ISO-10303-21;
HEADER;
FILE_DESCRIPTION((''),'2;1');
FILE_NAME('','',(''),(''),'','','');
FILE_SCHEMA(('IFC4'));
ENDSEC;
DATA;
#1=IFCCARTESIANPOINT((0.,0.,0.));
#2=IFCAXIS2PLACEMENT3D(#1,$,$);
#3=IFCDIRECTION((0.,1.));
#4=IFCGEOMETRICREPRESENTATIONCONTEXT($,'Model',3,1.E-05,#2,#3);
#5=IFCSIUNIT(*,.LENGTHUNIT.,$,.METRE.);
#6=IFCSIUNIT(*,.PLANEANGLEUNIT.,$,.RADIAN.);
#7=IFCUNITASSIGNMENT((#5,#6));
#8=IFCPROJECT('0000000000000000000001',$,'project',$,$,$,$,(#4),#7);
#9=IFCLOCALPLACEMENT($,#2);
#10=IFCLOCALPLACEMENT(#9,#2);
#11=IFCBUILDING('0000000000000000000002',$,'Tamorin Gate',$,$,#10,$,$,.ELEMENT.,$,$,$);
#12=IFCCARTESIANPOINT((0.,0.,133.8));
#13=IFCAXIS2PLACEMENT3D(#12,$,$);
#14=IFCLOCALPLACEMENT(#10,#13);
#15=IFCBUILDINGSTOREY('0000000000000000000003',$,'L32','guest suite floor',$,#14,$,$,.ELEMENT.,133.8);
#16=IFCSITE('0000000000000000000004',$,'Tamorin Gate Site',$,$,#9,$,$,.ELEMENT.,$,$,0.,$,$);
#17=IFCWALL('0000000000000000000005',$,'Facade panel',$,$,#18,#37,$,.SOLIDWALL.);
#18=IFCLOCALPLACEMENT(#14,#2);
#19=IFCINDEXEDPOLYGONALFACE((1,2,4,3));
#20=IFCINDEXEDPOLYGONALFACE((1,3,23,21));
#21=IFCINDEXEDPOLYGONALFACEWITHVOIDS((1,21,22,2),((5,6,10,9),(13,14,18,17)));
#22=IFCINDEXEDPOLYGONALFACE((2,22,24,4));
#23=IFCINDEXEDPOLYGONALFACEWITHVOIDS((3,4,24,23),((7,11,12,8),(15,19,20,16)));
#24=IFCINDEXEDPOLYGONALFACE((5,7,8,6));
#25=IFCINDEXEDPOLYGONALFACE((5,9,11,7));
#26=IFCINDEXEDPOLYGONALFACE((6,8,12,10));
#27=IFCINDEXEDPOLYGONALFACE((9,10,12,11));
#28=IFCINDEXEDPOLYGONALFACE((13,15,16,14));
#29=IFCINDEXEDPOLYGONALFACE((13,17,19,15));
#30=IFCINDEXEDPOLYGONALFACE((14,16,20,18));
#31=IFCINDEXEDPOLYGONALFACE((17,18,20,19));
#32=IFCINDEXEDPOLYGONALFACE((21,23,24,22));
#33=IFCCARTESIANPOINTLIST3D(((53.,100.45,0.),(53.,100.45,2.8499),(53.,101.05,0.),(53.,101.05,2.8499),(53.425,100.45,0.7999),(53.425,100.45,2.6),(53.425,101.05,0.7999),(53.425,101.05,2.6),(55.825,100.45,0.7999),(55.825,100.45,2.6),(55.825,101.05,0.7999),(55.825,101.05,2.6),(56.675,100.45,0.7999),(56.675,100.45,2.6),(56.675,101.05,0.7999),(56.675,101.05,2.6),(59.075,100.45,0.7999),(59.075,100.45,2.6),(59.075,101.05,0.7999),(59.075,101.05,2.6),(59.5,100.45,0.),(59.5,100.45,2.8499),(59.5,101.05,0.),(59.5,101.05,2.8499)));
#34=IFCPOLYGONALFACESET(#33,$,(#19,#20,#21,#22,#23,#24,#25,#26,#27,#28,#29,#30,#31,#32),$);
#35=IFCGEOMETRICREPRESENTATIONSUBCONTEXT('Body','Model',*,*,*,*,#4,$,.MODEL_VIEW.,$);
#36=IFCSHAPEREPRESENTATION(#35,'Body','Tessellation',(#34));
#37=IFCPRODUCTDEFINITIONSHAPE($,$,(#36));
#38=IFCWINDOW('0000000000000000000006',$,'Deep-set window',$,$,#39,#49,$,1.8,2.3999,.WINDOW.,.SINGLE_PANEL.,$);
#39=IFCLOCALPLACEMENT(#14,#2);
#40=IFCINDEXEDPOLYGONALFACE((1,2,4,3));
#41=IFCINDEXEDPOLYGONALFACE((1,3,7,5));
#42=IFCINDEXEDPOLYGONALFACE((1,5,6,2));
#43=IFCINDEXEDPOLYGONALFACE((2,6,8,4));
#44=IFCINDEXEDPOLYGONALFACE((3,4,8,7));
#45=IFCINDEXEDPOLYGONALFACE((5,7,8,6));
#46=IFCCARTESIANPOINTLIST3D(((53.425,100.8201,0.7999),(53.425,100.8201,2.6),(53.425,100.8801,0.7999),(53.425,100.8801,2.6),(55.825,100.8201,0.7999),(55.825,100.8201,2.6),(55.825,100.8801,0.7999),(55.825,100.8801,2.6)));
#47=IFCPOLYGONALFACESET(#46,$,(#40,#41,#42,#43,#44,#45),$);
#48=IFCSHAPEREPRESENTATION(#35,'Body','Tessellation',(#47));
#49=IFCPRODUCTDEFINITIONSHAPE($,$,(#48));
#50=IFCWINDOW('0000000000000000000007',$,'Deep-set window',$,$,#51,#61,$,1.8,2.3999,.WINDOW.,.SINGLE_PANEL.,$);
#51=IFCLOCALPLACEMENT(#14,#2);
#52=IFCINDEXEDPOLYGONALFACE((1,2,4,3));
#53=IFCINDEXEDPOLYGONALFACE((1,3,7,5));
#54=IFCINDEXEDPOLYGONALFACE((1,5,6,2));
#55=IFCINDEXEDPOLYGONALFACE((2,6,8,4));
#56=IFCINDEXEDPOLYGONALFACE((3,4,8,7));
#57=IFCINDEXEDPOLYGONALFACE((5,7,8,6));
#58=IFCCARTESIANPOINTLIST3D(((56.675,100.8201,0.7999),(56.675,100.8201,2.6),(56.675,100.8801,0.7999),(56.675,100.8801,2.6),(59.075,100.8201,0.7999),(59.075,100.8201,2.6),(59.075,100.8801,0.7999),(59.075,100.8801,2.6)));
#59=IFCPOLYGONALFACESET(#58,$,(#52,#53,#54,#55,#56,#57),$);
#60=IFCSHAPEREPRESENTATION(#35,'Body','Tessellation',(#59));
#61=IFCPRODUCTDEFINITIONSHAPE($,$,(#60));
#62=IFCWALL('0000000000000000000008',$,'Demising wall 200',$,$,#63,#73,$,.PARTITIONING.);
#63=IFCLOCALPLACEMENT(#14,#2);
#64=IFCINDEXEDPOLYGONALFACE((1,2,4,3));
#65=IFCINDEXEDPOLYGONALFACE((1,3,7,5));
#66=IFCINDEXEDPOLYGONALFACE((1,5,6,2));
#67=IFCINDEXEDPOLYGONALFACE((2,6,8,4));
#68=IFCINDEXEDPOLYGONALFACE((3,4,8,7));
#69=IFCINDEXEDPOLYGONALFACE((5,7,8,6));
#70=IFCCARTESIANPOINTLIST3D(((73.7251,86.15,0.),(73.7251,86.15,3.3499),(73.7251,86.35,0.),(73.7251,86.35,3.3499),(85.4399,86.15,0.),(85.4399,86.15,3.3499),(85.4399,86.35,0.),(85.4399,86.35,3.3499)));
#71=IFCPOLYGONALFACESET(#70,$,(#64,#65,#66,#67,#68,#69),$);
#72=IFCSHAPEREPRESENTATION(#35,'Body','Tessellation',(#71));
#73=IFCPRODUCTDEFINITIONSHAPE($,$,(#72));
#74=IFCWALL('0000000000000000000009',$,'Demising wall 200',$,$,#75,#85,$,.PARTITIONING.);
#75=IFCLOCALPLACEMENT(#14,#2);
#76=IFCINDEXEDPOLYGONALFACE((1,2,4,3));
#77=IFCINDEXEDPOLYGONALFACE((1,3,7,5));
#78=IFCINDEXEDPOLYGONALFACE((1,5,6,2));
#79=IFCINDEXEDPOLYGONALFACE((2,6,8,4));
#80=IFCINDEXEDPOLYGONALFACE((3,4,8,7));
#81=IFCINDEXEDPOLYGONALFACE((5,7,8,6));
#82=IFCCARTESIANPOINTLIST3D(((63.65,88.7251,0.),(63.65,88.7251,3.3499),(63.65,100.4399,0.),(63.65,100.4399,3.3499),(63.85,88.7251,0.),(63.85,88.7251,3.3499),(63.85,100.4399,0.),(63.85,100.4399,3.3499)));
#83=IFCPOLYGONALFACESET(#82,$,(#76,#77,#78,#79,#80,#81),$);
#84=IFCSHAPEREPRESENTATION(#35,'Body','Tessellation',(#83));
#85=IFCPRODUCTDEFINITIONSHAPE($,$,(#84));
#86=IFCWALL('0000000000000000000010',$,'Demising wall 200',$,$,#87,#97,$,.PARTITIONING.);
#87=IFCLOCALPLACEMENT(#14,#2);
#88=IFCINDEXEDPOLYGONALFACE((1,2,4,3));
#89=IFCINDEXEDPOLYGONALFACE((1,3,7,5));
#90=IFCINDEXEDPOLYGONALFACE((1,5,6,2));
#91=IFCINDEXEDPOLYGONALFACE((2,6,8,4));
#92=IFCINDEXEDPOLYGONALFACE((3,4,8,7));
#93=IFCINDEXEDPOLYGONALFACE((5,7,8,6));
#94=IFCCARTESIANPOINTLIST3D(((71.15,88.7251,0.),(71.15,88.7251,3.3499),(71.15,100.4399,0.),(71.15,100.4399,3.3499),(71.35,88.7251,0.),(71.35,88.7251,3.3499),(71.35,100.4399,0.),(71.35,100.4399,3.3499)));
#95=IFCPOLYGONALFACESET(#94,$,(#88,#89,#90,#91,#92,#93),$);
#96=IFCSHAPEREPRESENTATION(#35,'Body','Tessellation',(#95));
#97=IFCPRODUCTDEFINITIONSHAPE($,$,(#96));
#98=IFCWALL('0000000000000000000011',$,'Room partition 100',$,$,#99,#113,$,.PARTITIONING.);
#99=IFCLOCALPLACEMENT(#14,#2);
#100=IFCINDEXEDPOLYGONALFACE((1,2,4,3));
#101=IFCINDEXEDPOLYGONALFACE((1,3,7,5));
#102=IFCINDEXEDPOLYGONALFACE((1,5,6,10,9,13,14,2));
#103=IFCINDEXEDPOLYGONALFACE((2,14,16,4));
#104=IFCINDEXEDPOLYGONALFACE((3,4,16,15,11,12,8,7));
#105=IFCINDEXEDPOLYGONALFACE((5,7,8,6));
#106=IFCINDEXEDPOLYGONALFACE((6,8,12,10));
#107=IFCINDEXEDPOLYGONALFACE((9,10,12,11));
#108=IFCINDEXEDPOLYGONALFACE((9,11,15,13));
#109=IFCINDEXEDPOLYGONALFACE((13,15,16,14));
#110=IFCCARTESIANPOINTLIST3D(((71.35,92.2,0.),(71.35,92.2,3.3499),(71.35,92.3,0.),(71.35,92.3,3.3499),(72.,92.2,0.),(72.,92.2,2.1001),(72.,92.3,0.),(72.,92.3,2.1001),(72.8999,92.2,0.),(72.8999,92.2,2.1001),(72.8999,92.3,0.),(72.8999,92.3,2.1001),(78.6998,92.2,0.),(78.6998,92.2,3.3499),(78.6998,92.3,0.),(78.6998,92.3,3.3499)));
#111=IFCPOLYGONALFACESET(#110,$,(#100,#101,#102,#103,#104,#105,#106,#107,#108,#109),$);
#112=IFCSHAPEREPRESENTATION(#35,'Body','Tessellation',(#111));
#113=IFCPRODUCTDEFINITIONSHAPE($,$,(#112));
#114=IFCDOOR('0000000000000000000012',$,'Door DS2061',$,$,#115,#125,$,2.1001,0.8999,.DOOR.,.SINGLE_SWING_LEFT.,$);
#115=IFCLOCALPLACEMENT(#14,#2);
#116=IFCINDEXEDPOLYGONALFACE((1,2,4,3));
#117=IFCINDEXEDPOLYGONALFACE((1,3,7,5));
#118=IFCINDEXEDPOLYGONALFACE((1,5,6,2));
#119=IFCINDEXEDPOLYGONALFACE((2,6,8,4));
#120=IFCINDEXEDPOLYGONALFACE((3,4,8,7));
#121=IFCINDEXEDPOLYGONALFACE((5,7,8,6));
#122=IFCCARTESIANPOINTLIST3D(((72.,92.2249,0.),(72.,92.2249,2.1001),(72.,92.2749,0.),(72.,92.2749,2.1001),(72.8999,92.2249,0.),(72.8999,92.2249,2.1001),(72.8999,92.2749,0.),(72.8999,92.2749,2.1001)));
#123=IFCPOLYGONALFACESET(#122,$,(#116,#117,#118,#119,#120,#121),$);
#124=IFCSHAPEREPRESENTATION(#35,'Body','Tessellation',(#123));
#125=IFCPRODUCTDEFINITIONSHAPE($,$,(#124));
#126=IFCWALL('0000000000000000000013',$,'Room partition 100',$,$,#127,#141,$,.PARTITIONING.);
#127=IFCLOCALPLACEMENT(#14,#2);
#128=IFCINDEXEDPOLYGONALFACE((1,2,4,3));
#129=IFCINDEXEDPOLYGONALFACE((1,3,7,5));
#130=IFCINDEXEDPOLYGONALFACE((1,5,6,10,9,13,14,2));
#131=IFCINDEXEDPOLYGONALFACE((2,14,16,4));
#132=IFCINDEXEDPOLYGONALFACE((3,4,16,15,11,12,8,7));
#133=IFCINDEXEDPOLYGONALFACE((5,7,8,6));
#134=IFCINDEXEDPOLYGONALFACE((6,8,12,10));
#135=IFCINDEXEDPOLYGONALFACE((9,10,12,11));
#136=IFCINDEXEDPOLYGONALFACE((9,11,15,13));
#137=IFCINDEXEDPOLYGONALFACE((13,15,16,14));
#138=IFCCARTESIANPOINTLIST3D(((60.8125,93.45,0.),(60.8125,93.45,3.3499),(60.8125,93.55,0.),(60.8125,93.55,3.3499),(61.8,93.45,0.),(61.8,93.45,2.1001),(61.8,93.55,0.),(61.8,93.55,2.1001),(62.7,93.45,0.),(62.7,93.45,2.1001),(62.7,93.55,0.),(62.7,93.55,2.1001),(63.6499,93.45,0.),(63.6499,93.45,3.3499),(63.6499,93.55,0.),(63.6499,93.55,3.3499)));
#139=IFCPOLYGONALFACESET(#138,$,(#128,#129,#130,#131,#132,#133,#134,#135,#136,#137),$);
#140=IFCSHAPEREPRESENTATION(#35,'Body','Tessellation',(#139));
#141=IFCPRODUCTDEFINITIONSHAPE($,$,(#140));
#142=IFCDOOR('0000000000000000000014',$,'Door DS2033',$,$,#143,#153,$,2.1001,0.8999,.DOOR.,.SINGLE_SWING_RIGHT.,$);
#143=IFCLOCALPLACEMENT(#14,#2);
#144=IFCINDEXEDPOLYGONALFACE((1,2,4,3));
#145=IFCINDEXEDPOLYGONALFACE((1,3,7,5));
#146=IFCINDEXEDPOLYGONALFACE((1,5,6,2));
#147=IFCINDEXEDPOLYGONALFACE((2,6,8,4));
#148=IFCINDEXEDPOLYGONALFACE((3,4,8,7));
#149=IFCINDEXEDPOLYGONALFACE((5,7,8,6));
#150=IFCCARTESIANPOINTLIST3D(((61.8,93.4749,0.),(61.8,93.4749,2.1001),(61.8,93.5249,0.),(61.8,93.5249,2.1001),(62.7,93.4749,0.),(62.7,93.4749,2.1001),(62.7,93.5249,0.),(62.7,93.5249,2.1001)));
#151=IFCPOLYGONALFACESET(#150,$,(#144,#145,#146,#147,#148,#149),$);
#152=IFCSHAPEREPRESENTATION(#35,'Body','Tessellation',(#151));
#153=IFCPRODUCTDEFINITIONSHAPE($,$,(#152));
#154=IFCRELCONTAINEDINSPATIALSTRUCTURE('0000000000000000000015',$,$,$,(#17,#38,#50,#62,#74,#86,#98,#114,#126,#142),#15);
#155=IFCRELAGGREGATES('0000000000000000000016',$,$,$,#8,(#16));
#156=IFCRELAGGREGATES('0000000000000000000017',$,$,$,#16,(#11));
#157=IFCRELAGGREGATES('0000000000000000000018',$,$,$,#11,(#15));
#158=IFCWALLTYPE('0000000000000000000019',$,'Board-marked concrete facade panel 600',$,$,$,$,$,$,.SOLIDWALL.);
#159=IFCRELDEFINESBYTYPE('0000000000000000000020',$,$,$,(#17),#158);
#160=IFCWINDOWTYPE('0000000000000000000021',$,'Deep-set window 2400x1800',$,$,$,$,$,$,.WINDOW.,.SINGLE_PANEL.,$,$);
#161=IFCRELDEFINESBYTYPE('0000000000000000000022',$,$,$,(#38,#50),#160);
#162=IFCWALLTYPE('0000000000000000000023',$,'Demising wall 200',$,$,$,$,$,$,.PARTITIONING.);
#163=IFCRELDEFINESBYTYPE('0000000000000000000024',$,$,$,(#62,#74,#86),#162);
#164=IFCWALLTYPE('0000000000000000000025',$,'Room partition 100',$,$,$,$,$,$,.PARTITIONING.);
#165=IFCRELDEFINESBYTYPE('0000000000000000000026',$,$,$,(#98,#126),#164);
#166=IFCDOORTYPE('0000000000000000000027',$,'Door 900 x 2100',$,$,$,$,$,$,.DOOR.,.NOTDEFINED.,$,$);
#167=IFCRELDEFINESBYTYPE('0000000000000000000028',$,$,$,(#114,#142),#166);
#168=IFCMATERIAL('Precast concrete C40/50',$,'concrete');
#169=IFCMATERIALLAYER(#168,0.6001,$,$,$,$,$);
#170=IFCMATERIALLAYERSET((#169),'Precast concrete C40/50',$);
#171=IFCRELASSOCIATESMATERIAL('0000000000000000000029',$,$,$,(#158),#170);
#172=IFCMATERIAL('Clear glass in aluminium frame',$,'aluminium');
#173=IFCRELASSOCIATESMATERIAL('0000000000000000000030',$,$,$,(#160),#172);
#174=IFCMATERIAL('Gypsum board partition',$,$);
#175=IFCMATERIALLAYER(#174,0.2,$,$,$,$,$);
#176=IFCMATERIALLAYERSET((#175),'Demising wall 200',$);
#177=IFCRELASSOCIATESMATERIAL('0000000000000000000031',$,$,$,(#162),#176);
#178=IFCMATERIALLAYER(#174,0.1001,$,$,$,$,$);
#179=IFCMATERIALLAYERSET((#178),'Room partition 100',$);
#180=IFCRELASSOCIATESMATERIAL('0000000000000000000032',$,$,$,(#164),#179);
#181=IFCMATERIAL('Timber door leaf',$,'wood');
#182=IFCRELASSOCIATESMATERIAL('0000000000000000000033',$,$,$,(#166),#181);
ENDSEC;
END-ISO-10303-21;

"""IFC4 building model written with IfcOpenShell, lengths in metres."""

from ifc_helpers import new_model, si_unit, direction, frame, frame_2d, origin, place, context, subcontext, project, spatial, rectangle, extrude, material, layer, layer_set, type_object, element, fill, save


model = new_model("IFC4")

# Units and contexts
model_context = context("Model", 3, precision=1e-05, world=origin(), true_north=direction((0.0, 1.0)))
body_context = subcontext(model_context, "Body", "Model", "MODEL_VIEW")
ifc_project = project(units=[si_unit("LENGTHUNIT", "METRE"), si_unit("PLANEANGLEUNIT", "RADIAN")], contexts=[model_context])

# Site, building, storey
site_placement = place(None, origin())
site = spatial("IfcSite", under=ifc_project, at=site_placement, Name="Tamorin Gate Site", CompositionType="ELEMENT", RefElevation=0.0)
building_placement = place(site_placement, origin())
building = spatial("IfcBuilding", under=site, at=building_placement, Name="Tamorin Gate", CompositionType="ELEMENT")
storey_placement = place(building_placement, frame((0.0, 0.0, 133.8)))
storey = spatial("IfcBuildingStorey", under=building, at=storey_placement, Name="L32", Description="guest suite floor", CompositionType="ELEMENT", Elevation=133.8)

# Wall, openings, windows
ifc_material_1 = material(Name="Precast concrete C40/50", Category="concrete")
ifc_layer_1 = layer(ifc_material_1, 0.6001)
ifc_layer_set_1 = layer_set([ifc_layer_1], Name="Precast concrete C40/50")
wall_type_1 = type_object("IfcWallType", Name="Board-marked concrete facade panel 600", PredefinedType="SOLIDWALL", material=ifc_layer_set_1)
ifc_material_2 = material(Name="Clear glass in aluminium frame", Category="aluminium")
window_type = type_object("IfcWindowType", Name="Deep-set window 2400x1800", PartitioningType="SINGLE_PANEL", PredefinedType="WINDOW", material=ifc_material_2)
wall_1_placement = place(storey_placement, frame((59.5, 100.75, 0.0), z_axis=(0.0, 0.0, 1.0), x_axis=(-1.0, 0.0, 0.0)))
wall_1 = element("IfcWall", 1, at=wall_1_placement, inside=storey, type_object=wall_type_1, Name="Facade panel", PredefinedType="SOLIDWALL", context=body_context, shape_type="SweptSolid", body=[
    extrude(rectangle(XDim=6.5, YDim=0.6001, at=frame_2d((3.25, 0.0))), origin(), (0.0, 0.0, 1.0), 2.8499),
])
opening_1_placement = place(wall_1_placement, frame((3.675, 0.0, 0.8)))
opening_1 = element("IfcOpeningElement", 2, at=opening_1_placement, cuts=wall_1, PredefinedType="OPENING", context=body_context, shape_type="SweptSolid", body=[
    extrude(rectangle(XDim=2.3999, YDim=1.8, at=frame_2d((1.2, 0.8999))), frame((0.0, 0.3101, 0.0), z_axis=(0.0, -1.0, 0.0), x_axis=(1.0, 0.0, 0.0)), (0.0, 0.0, 1.0), 0.6201),
])
opening_2_placement = place(wall_1_placement, frame((0.425, 0.0, 0.8)))
opening_2 = element("IfcOpeningElement", 3, at=opening_2_placement, cuts=wall_1, PredefinedType="OPENING", context=body_context, shape_type="SweptSolid", body=[
    extrude(rectangle(XDim=2.3999, YDim=1.8, at=frame_2d((1.2, 0.8999))), frame((0.0, 0.3101, 0.0), z_axis=(0.0, -1.0, 0.0), x_axis=(1.0, 0.0, 0.0)), (0.0, 0.0, 1.0), 0.6201),
])
window_1_placement = place(opening_1_placement, origin())
window_1 = element("IfcWindow", 4, at=window_1_placement, inside=storey, type_object=window_type, Name="Deep-set window", OverallHeight=1.8, OverallWidth=2.3999, PartitioningType="SINGLE_PANEL", PredefinedType="WINDOW", context=body_context, shape_type="SweptSolid", body=[
    extrude(rectangle(XDim=2.3999, YDim=1.8, at=frame_2d((1.2, 0.8999))), frame((0.0, -0.0701, 0.0), z_axis=(0.0, -1.0, 0.0), x_axis=(1.0, 0.0, 0.0)), (0.0, 0.0, 1.0), 0.0601),
])
fill(opening_1, window_1)
window_2_placement = place(opening_2_placement, origin())
window_2 = element("IfcWindow", 5, at=window_2_placement, inside=storey, type_object=window_type, Name="Deep-set window", OverallHeight=1.8, OverallWidth=2.3999, PartitioningType="SINGLE_PANEL", PredefinedType="WINDOW", context=body_context, shape_type="SweptSolid", body=[
    extrude(rectangle(XDim=2.3999, YDim=1.8, at=frame_2d((1.2, 0.8999))), frame((0.0, -0.0701, 0.0), z_axis=(0.0, -1.0, 0.0), x_axis=(1.0, 0.0, 0.0)), (0.0, 0.0, 1.0), 0.0601),
])
fill(opening_2, window_2)

# Walls
ifc_material_3 = material(Name="Gypsum board partition")
ifc_layer_2 = layer(ifc_material_3, 0.2)
ifc_layer_set_2 = layer_set([ifc_layer_2], Name="Demising wall 200")
wall_type_2 = type_object("IfcWallType", Name="Demising wall 200", PredefinedType="PARTITIONING", material=ifc_layer_set_2)
for number, where, z_axis, x_axis, name in (
    (6, (73.7251, 86.25, 0.0), (0.0, 0.0, 1.0), (1.0, 0.0, 0.0), "Demising wall 200"),
    (7, (63.75, 88.7251, 0.0), (0.0, 0.0, 1.0), (0.0, 1.0, 0.0), "Demising wall 200"),
    (8, (71.25, 88.7251, 0.0), (0.0, 0.0, 1.0), (0.0, 1.0, 0.0), "Demising wall 200"),
):
    element("IfcWall", number, at=place(storey_placement, frame(where, z_axis=z_axis, x_axis=x_axis)), inside=storey, type_object=wall_type_2, Name=name, PredefinedType="PARTITIONING", context=body_context, shape_type="SweptSolid", body=[
        extrude(rectangle(XDim=11.7148, YDim=0.2, at=frame_2d((5.8574, 0.0))), origin(), (0.0, 0.0, 1.0), 3.3499),
    ])

# Walls, openings, doors
ifc_layer_3 = layer(ifc_material_3, 0.1001)
ifc_layer_set_3 = layer_set([ifc_layer_3], Name="Room partition 100")
wall_type_3 = type_object("IfcWallType", Name="Room partition 100", PredefinedType="PARTITIONING", material=ifc_layer_set_3)
wall_2_placement = place(storey_placement, frame((71.3501, 92.25, 0.0), z_axis=(0.0, 0.0, 1.0), x_axis=(1.0, 0.0, 0.0)))
wall_2 = element("IfcWall", 9, at=wall_2_placement, inside=storey, type_object=wall_type_3, Name="Room partition 100", PredefinedType="PARTITIONING", context=body_context, shape_type="SweptSolid", body=[
    extrude(rectangle(XDim=7.3499, YDim=0.1001, at=frame_2d((3.6748, 0.0))), origin(), (0.0, 0.0, 1.0), 3.3499),
])
opening_3_placement = place(wall_2_placement, frame((0.6499, 0.0, 0.0)))
opening_3 = element("IfcOpeningElement", 10, at=opening_3_placement, cuts=wall_2, PredefinedType="OPENING", context=body_context, shape_type="SweptSolid", body=[
    extrude(rectangle(XDim=0.8999, YDim=2.1001, at=frame_2d((0.45, 1.05))), frame((0.0, 0.0601, 0.0), z_axis=(0.0, -1.0, 0.0), x_axis=(1.0, 0.0, 0.0)), (0.0, 0.0, 1.0), 0.1201),
])
ifc_material_4 = material(Name="Timber door leaf", Category="wood")
door_type = type_object("IfcDoorType", Name="Door 900 x 2100", OperationType="NOTDEFINED", PredefinedType="DOOR", material=ifc_material_4)
door_1_placement = place(opening_3_placement, origin())
door_1 = element("IfcDoor", 11, at=door_1_placement, inside=storey, type_object=door_type, Name="Door DS2061", OperationType="SINGLE_SWING_LEFT", OverallHeight=2.1001, OverallWidth=0.8999, PredefinedType="DOOR", context=body_context, shape_type="SweptSolid", body=[
    extrude(rectangle(XDim=0.8999, YDim=2.1001, at=frame_2d((0.45, 1.05))), frame((0.0, 0.0249, 0.0), z_axis=(0.0, -1.0, 0.0), x_axis=(1.0, 0.0, 0.0)), (0.0, 0.0, 1.0), 0.05),
])
fill(opening_3, door_1)
wall_3_placement = place(storey_placement, frame((60.8125, 93.5, 0.0), z_axis=(0.0, 0.0, 1.0), x_axis=(1.0, 0.0, 0.0)))
wall_3 = element("IfcWall", 12, at=wall_3_placement, inside=storey, type_object=wall_type_3, Name="Room partition 100", PredefinedType="PARTITIONING", context=body_context, shape_type="SweptSolid", body=[
    extrude(rectangle(XDim=2.8374, YDim=0.1001, at=frame_2d((1.4187, 0.0))), origin(), (0.0, 0.0, 1.0), 3.3499),
])
opening_4_placement = place(wall_3_placement, frame((0.9875, 0.0, 0.0)))
opening_4 = element("IfcOpeningElement", 13, at=opening_4_placement, cuts=wall_3, PredefinedType="OPENING", context=body_context, shape_type="SweptSolid", body=[
    extrude(rectangle(XDim=0.8999, YDim=2.1001, at=frame_2d((0.45, 1.05))), frame((0.0, 0.0601, 0.0), z_axis=(0.0, -1.0, 0.0), x_axis=(1.0, 0.0, 0.0)), (0.0, 0.0, 1.0), 0.1201),
])
door_2_placement = place(opening_4_placement, origin())
door_2 = element("IfcDoor", 14, at=door_2_placement, inside=storey, type_object=door_type, Name="Door DS2033", OperationType="SINGLE_SWING_RIGHT", OverallHeight=2.1001, OverallWidth=0.8999, PredefinedType="DOOR", context=body_context, shape_type="SweptSolid", body=[
    extrude(rectangle(XDim=0.8999, YDim=2.1001, at=frame_2d((0.45, 1.05))), frame((0.0, 0.0249, 0.0), z_axis=(0.0, -1.0, 0.0), x_axis=(1.0, 0.0, 0.0)), (0.0, 0.0, 1.0), 0.05),
])
fill(opening_4, door_2)

save(model, "model.ifc")
